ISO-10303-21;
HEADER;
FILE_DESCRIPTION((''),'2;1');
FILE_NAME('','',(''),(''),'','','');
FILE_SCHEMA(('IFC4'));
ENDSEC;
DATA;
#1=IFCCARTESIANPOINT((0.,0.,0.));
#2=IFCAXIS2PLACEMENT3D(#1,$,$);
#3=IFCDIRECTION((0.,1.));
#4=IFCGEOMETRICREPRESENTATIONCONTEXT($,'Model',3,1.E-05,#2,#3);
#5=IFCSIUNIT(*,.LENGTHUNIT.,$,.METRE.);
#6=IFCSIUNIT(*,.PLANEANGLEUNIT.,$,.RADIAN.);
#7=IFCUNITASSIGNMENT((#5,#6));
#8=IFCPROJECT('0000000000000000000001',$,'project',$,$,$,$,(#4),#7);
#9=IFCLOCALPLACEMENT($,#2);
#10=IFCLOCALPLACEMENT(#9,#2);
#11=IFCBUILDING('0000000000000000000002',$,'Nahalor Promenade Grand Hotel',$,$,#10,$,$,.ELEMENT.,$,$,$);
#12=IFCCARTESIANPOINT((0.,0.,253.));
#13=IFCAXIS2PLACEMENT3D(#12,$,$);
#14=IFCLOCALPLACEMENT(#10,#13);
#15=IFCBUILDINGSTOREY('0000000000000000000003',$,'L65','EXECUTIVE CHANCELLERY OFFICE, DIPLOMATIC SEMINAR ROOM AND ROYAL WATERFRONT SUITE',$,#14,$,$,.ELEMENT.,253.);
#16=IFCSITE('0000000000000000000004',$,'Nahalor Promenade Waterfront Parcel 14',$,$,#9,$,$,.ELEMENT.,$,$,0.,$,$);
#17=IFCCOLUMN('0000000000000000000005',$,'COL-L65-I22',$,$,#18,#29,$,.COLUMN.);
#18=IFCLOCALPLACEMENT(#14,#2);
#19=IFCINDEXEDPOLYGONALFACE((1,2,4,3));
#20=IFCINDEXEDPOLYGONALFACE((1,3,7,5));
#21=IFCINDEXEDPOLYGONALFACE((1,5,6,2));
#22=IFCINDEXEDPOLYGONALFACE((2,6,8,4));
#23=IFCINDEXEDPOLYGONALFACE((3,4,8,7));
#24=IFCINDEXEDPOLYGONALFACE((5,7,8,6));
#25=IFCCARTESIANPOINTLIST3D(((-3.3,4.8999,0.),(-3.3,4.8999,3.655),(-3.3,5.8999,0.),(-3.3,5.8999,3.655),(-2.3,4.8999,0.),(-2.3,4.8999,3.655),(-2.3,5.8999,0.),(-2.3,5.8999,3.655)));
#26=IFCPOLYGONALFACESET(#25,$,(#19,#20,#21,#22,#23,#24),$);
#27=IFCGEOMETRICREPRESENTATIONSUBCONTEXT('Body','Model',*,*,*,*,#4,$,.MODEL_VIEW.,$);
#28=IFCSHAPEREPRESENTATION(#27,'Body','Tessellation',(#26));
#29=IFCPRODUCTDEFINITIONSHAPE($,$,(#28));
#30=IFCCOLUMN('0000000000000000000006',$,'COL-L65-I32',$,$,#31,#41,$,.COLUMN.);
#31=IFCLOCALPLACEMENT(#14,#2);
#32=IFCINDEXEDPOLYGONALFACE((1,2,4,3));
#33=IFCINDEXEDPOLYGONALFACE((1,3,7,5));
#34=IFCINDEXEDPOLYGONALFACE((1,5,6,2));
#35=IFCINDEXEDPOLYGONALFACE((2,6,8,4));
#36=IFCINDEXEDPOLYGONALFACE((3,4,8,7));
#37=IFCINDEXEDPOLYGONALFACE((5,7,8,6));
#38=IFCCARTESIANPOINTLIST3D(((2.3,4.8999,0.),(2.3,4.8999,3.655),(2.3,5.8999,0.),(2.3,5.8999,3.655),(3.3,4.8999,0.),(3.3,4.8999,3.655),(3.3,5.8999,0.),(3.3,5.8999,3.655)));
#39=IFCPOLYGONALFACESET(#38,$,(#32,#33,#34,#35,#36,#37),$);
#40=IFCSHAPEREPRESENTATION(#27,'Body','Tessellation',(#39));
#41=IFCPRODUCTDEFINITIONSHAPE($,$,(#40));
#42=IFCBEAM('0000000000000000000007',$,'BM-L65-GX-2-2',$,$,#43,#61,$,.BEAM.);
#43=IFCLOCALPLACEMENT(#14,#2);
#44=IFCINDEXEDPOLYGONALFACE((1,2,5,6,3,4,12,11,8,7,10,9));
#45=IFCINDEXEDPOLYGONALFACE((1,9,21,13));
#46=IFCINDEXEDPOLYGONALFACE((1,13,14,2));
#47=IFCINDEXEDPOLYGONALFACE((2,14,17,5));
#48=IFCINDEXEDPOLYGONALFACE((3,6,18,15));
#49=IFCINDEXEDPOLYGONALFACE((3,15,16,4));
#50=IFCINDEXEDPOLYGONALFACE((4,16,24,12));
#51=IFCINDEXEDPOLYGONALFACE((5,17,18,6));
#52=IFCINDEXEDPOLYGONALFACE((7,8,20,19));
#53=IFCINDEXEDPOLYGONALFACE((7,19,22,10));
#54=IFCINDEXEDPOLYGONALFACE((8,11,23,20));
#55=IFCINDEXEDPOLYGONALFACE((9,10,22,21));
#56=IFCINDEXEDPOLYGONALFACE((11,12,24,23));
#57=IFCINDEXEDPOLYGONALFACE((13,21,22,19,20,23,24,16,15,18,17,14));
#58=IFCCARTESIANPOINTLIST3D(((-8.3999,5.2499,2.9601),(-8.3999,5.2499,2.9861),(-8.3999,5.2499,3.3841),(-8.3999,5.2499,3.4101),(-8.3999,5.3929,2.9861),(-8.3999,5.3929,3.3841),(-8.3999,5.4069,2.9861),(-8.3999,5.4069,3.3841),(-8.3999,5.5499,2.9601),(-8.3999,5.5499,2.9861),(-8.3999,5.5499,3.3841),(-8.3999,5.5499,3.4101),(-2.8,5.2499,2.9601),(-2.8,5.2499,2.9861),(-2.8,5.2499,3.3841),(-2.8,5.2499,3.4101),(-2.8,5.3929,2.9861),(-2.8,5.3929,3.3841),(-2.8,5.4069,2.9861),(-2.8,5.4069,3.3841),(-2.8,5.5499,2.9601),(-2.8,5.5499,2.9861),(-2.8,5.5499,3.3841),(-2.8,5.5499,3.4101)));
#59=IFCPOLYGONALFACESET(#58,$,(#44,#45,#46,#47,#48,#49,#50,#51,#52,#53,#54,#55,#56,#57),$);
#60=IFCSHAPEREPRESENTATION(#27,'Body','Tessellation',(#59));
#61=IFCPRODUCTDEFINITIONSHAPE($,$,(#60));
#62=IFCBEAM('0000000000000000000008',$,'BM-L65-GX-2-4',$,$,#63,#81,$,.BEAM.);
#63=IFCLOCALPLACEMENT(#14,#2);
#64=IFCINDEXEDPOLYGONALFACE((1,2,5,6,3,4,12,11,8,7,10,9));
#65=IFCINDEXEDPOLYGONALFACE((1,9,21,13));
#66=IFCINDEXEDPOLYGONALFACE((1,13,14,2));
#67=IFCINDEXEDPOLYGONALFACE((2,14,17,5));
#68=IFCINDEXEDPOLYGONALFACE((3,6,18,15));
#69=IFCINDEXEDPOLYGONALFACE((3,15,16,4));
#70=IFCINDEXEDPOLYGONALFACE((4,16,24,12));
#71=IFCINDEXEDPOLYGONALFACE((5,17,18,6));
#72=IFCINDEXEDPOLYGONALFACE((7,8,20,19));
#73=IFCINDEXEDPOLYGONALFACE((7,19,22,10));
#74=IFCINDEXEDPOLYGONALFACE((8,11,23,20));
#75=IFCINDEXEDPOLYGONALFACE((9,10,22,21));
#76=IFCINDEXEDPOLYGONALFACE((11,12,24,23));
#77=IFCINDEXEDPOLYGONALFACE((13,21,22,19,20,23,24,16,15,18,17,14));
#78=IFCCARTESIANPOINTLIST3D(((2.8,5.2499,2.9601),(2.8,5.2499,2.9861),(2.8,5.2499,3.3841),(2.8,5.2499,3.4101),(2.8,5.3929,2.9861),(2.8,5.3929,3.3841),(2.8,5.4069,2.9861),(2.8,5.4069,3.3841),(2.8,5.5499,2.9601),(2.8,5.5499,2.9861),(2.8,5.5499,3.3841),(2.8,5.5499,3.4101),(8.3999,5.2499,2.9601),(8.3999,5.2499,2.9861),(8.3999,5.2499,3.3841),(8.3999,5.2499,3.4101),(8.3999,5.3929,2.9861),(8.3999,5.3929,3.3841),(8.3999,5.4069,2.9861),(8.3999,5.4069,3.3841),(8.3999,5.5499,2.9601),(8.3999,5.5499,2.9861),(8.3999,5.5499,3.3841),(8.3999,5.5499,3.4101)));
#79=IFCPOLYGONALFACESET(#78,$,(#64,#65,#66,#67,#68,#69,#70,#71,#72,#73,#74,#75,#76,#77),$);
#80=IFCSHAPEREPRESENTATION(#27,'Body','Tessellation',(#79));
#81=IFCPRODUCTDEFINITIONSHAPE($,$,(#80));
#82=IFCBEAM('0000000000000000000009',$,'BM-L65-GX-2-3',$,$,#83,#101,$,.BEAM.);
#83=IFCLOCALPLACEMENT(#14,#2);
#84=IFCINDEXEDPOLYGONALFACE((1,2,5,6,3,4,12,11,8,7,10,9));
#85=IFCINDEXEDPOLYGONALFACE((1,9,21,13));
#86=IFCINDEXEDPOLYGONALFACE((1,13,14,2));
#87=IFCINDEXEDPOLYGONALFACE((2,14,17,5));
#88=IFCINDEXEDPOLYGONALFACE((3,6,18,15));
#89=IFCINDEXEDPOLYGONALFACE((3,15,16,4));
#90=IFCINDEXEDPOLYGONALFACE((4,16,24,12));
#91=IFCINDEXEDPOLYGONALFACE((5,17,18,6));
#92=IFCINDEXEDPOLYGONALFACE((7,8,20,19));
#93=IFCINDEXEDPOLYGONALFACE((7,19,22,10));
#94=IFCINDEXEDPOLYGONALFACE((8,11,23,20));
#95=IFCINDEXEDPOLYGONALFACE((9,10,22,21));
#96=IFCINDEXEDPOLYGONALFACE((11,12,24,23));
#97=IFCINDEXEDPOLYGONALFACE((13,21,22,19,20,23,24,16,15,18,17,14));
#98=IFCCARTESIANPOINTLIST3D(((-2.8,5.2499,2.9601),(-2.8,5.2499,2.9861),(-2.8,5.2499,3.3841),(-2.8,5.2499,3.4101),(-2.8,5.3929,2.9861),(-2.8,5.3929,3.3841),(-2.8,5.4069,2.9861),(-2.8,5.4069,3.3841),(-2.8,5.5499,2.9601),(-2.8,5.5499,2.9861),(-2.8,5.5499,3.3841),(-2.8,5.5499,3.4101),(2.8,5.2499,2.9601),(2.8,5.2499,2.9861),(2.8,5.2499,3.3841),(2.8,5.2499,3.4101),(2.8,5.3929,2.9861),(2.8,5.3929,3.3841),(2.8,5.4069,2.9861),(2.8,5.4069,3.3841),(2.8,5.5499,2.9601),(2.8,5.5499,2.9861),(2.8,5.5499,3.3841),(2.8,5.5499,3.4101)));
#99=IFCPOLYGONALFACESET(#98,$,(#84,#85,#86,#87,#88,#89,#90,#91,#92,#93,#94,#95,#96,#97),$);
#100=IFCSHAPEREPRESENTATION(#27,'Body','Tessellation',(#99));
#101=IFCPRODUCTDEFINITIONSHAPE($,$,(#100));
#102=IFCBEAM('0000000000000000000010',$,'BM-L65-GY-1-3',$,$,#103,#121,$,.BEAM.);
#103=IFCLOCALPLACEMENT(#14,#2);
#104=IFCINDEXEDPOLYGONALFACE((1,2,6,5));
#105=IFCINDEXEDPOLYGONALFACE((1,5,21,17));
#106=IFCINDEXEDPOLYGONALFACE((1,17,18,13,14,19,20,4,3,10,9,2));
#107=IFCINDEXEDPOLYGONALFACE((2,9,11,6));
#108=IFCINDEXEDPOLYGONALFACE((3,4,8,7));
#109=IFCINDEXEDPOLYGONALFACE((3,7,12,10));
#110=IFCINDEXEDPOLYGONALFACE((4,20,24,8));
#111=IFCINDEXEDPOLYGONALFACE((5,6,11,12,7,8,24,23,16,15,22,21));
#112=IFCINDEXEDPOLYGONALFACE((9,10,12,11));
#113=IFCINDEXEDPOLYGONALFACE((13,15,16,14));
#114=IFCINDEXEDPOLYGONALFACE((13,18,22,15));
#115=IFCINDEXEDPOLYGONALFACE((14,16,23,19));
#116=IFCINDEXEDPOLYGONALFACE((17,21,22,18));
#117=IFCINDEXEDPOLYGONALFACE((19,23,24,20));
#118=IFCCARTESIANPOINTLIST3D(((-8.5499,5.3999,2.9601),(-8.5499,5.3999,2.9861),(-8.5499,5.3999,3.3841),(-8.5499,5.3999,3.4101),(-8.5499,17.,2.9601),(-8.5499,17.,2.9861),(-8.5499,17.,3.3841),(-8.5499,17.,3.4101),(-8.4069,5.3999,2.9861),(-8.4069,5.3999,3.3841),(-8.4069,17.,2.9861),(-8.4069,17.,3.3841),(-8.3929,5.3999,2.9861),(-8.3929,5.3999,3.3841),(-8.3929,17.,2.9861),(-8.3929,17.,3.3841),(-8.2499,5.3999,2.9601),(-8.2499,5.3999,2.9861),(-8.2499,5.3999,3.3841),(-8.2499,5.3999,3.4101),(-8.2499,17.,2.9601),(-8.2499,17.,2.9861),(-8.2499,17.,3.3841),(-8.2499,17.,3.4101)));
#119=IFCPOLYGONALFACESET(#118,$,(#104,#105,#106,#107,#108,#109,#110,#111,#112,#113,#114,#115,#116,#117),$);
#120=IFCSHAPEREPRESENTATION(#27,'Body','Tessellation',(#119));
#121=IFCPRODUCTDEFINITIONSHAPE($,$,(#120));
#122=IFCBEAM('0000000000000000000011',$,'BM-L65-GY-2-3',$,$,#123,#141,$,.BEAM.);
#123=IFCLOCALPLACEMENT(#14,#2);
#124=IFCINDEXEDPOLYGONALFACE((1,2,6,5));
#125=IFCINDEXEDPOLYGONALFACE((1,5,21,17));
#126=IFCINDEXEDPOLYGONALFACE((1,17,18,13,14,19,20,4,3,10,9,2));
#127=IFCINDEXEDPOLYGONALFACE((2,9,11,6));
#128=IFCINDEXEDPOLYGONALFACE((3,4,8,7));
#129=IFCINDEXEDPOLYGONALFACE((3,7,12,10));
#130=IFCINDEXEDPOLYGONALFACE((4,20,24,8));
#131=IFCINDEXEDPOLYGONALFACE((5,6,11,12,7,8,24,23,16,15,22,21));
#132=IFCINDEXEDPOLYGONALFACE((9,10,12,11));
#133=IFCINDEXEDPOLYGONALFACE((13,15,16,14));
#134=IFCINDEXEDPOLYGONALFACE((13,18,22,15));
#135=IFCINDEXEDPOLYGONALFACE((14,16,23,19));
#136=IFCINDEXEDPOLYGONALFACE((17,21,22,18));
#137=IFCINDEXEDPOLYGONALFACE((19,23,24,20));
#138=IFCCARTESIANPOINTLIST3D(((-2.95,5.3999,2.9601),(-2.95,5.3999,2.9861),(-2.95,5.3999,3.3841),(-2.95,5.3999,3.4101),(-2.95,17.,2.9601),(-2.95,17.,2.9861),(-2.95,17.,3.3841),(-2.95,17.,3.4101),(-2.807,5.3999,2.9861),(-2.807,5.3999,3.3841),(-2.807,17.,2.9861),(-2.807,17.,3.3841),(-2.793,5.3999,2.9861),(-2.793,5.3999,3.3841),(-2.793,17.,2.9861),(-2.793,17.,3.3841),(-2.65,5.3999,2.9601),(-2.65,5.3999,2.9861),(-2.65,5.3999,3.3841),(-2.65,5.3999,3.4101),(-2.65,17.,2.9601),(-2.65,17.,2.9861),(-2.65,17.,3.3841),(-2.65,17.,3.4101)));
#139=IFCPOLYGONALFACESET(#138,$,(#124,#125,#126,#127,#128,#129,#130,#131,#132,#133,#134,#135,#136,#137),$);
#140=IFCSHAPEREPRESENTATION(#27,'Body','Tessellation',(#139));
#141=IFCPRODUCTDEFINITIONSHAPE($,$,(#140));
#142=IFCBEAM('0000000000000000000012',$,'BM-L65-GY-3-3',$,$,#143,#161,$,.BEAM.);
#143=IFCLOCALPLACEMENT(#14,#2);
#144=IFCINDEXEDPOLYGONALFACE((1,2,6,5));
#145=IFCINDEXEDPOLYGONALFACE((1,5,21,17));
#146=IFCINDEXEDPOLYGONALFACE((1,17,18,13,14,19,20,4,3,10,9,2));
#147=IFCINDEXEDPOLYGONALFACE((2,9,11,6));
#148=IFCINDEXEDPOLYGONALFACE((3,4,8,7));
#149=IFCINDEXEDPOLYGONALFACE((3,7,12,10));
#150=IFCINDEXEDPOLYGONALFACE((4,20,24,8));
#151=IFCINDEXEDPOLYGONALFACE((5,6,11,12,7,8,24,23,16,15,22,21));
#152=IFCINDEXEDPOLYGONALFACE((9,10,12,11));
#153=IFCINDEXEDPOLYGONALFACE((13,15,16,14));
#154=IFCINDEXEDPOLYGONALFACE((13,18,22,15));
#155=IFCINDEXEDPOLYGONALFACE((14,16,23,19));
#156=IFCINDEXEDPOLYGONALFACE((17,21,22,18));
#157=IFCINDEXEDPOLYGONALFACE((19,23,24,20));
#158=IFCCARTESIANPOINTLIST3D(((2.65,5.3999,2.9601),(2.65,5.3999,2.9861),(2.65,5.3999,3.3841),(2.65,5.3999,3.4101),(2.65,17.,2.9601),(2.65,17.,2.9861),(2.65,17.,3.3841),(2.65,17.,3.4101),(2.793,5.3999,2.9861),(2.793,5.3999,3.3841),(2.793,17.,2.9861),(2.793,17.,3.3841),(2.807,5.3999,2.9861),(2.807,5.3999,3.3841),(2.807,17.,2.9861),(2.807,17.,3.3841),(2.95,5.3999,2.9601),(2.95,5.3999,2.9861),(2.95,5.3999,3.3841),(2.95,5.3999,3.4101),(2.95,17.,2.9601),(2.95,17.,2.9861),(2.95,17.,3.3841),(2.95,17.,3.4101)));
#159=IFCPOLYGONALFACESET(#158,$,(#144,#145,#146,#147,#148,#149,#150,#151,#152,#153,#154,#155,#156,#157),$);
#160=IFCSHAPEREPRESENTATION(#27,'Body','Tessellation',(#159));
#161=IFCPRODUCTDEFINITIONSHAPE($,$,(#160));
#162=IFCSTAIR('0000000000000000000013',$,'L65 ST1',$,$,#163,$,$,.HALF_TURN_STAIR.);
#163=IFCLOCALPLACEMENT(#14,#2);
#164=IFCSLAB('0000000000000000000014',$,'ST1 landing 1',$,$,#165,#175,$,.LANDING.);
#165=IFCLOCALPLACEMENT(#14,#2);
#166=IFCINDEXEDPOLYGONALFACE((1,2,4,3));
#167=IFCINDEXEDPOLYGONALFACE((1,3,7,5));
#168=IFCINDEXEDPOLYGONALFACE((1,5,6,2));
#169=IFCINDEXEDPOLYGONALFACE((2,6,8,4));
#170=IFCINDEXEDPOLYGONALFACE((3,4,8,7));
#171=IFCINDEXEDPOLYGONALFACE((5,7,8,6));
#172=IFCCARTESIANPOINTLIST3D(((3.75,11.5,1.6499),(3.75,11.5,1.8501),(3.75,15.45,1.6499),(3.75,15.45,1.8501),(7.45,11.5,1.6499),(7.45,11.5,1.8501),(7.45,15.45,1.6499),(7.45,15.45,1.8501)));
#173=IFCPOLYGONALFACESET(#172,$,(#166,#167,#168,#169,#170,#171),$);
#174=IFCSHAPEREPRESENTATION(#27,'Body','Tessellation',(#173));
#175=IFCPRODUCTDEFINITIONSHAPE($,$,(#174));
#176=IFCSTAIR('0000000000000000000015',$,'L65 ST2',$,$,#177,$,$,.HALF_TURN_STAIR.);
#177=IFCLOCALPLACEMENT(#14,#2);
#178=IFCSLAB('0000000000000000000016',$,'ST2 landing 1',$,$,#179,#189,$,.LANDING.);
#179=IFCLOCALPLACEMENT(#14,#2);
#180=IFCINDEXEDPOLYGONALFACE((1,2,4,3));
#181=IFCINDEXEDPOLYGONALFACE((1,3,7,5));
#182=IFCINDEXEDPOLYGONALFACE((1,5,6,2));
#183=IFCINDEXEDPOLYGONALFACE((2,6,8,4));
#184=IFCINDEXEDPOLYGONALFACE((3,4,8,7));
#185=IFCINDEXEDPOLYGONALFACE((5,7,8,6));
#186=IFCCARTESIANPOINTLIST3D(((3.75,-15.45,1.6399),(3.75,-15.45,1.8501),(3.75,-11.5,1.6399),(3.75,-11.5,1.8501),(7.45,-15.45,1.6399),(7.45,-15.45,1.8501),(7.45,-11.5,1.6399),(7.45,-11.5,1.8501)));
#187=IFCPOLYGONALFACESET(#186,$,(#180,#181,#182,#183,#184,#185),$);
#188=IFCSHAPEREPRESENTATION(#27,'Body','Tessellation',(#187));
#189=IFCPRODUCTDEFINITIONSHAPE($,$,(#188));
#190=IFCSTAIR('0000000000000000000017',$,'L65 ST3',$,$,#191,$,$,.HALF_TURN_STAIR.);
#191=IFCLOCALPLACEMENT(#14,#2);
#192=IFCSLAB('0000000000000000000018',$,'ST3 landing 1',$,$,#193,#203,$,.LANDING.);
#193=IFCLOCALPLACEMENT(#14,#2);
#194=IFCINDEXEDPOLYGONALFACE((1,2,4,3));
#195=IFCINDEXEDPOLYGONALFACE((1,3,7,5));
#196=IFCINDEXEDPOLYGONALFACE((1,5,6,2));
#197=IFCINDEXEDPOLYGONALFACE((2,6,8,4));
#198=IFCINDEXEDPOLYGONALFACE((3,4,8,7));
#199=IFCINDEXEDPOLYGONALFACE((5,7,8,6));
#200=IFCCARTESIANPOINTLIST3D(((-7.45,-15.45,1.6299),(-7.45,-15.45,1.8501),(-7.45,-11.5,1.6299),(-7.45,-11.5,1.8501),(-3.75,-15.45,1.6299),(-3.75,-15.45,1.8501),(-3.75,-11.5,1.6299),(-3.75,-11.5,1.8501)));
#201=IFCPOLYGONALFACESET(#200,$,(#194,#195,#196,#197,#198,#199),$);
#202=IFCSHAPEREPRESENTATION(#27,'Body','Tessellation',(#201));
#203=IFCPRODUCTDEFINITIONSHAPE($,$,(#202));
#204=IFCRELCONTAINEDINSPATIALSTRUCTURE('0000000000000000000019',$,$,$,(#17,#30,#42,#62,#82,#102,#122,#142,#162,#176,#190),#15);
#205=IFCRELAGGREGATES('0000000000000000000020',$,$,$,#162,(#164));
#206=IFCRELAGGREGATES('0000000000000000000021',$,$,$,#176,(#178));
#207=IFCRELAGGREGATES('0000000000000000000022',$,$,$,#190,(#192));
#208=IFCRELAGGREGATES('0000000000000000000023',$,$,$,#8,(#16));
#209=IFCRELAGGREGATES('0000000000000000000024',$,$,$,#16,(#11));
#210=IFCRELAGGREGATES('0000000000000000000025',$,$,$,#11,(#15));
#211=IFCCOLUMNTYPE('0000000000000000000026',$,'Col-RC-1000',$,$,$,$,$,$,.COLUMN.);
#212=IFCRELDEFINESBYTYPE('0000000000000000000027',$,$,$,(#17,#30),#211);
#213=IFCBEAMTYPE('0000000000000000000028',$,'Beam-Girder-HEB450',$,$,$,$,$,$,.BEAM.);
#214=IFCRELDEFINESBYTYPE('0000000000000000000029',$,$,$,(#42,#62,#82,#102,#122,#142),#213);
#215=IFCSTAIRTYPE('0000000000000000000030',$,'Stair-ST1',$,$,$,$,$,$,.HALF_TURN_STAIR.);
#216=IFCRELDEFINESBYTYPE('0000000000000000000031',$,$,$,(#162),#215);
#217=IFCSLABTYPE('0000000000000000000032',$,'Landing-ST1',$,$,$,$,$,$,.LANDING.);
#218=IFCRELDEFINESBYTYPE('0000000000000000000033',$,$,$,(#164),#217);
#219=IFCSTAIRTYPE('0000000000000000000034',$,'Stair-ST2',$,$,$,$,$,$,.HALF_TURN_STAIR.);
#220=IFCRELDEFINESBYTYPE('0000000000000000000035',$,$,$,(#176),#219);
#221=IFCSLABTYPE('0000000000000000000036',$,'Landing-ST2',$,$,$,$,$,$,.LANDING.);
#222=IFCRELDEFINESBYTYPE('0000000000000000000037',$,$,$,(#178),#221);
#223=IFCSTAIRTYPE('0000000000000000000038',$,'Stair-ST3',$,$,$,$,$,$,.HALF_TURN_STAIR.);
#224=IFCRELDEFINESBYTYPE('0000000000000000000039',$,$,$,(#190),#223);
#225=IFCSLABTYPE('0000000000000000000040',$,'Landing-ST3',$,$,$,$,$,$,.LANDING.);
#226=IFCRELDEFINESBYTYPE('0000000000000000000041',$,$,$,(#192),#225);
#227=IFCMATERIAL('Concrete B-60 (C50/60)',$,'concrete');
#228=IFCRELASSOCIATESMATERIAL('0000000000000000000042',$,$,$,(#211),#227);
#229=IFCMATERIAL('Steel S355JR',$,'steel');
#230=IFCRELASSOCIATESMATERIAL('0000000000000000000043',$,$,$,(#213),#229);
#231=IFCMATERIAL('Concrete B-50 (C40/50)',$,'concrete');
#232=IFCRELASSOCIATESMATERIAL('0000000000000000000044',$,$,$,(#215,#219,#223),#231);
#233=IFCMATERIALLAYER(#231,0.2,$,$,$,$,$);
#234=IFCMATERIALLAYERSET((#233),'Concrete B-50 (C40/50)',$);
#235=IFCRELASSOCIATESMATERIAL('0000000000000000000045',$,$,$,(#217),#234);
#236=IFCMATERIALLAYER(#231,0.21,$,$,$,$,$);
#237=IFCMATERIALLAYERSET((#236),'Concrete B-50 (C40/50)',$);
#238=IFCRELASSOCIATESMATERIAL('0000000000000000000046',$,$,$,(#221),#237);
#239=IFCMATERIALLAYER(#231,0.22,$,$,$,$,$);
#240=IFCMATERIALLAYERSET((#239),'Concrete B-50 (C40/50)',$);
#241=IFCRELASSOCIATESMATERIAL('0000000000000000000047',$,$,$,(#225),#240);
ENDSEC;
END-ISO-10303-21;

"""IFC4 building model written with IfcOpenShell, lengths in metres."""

from ifc_helpers import new_model, si_unit, direction, frame, origin, origin_2d, place, context, subcontext, project, spatial, polyline, rectangle, i_section, outline, extrude, source, transform, mapped, material, layer, layer_set, material_profile, profile_set, type_object, element, aggregate, save


model = new_model("IFC4")

# Units and contexts
model_context = context("Model", 3, precision=1e-05, world=origin(), true_north=direction((0.0, 1.0)))
body_context = subcontext(model_context, "Body", "Model", "MODEL_VIEW")
ifc_project = project(units=[si_unit("LENGTHUNIT", "METRE"), si_unit("PLANEANGLEUNIT", "RADIAN")], contexts=[model_context])

# Site, building, storey
site_placement = place(None, origin())
site = spatial("IfcSite", under=ifc_project, at=site_placement, Name="Nahalor Promenade Waterfront Parcel 14", CompositionType="ELEMENT", RefElevation=0.0)
building_placement = place(site_placement, origin())
building = spatial("IfcBuilding", under=site, at=building_placement, Name="Nahalor Promenade Grand Hotel", CompositionType="ELEMENT")
storey_placement = place(building_placement, frame((0.0, 0.0, 253.0)))
storey = spatial("IfcBuildingStorey", under=building, at=storey_placement, Name="L65", Description="EXECUTIVE CHANCELLERY OFFICE, DIPLOMATIC SEMINAR ROOM AND ROYAL WATERFRONT SUITE", CompositionType="ELEMENT", Elevation=253.0)

# Columns
ifc_material_1 = material(Name="Concrete B-60 (C50/60)", Category="concrete")
ifc_material_profile_1 = material_profile(ifc_material_1, rectangle(XDim=1.0, YDim=1.0, at=origin_2d()), Name="RC 1000x1000")
ifc_profile_set_1 = profile_set([ifc_material_profile_1], Name="Concrete B-60 (C50/60)")
column_type = type_object("IfcColumnType", Name="Col-RC-1000", PredefinedType="COLUMN", material=ifc_profile_set_1)
shared_shape_1 = source(origin(), body_context, "Body", "SweptSolid", [
    extrude(rectangle(XDim=1.0, YDim=1.0, at=origin_2d()), origin(), (0.0, 0.0, 1.0), 3.655),
])
for number, where, z_axis, x_axis, name in (
    (1, (-2.8, 5.3999, 0.0), (0.0, 0.0, 1.0), (1.0, 0.0, 0.0), "COL-L65-I22"),
    (2, (2.8, 5.3999, 0.0), (0.0, 0.0, 1.0), (1.0, 0.0, 0.0), "COL-L65-I32"),
):
    element("IfcColumn", number, at=place(storey_placement, frame(where, z_axis=z_axis, x_axis=x_axis)), inside=storey, type_object=column_type, Name=name, PredefinedType="COLUMN", context=body_context, shape_type="MappedRepresentation", body=[
        mapped(shared_shape_1, transform((0.0, 0.0, 0.0), scale=1.0)),
    ])

# Beams
ifc_material_2 = material(Name="Steel S355JR", Category="steel")
ifc_material_profile_2 = material_profile(ifc_material_2, i_section(OverallWidth=0.3, OverallDepth=0.45, WebThickness=0.014, FlangeThickness=0.026, at=origin_2d()), Name="HEB 450")
ifc_profile_set_2 = profile_set([ifc_material_profile_2], Name="Steel S355JR")
beam_type = type_object("IfcBeamType", Name="Beam-Girder-HEB450", PredefinedType="BEAM", material=ifc_profile_set_2)
shared_shape_2 = source(origin(), body_context, "Body", "SweptSolid", [
    extrude(i_section(OverallWidth=0.3, OverallDepth=0.45, WebThickness=0.014, FlangeThickness=0.026, at=origin_2d()), origin(), (0.0, 0.0, 1.0), 5.5999),
])
for number, where, z_axis, x_axis, name in (
    (3, (-8.3999, 5.3999, 3.1851), (1.0, 0.0, 0.0), (0.0, 1.0, 0.0), "BM-L65-GX-2-2"),
    (4, (2.8, 5.3999, 3.1851), (1.0, 0.0, 0.0), (0.0, 1.0, 0.0), "BM-L65-GX-2-4"),
):
    element("IfcBeam", number, at=place(storey_placement, frame(where, z_axis=z_axis, x_axis=x_axis)), inside=storey, type_object=beam_type, Name=name, PredefinedType="BEAM", context=body_context, shape_type="MappedRepresentation", body=[
        mapped(shared_shape_2, transform((0.0, 0.0, 0.0), scale=1.0)),
    ])
shared_shape_3 = source(origin(), body_context, "Body", "SweptSolid", [
    extrude(i_section(OverallWidth=0.3, OverallDepth=0.45, WebThickness=0.014, FlangeThickness=0.026, at=origin_2d()), origin(), (0.0, 0.0, 1.0), 5.6001),
])
beam_placement = place(storey_placement, frame((-2.8, 5.3999, 3.1851), z_axis=(1.0, 0.0, 0.0), x_axis=(0.0, 1.0, 0.0)))
element("IfcBeam", 5, at=beam_placement, inside=storey, type_object=beam_type, Name="BM-L65-GX-2-3", PredefinedType="BEAM", context=body_context, shape_type="MappedRepresentation", body=[
    mapped(shared_shape_3, transform((0.0, 0.0, 0.0), scale=1.0)),
])
shared_shape_4 = source(origin(), body_context, "Body", "SweptSolid", [
    extrude(i_section(OverallWidth=0.3, OverallDepth=0.45, WebThickness=0.014, FlangeThickness=0.026, at=origin_2d()), origin(), (0.0, 0.0, 1.0), 11.6001),
])
for number, where, z_axis, x_axis, name in (
    (6, (-8.3999, 5.3999, 3.1851), (0.0, 1.0, 0.0), (-1.0, 0.0, 0.0), "BM-L65-GY-1-3"),
    (7, (-2.8, 5.3999, 3.1851), (0.0, 1.0, 0.0), (-1.0, 0.0, 0.0), "BM-L65-GY-2-3"),
    (8, (2.8, 5.3999, 3.1851), (0.0, 1.0, 0.0), (-1.0, 0.0, 0.0), "BM-L65-GY-3-3"),
):
    element("IfcBeam", number, at=place(storey_placement, frame(where, z_axis=z_axis, x_axis=x_axis)), inside=storey, type_object=beam_type, Name=name, PredefinedType="BEAM", context=body_context, shape_type="MappedRepresentation", body=[
        mapped(shared_shape_4, transform((0.0, 0.0, 0.0), scale=1.0)),
    ])

# Stairs, slabs
ifc_material_3 = material(Name="Concrete B-50 (C40/50)", Category="concrete")
stair_type_1 = type_object("IfcStairType", Name="Stair-ST1", PredefinedType="HALF_TURN_STAIR", material=ifc_material_3)
stair_1_placement = place(storey_placement, origin())
stair_1 = element("IfcStair", 9, at=stair_1_placement, inside=storey, type_object=stair_type_1, Name="L65 ST1", PredefinedType="HALF_TURN_STAIR")
ifc_layer_1 = layer(ifc_material_3, 0.2)
ifc_layer_set_1 = layer_set([ifc_layer_1], Name="Concrete B-50 (C40/50)")
slab_type_1 = type_object("IfcSlabType", Name="Landing-ST1", PredefinedType="LANDING", material=ifc_layer_set_1)
slab_1_placement = place(storey_placement, frame((0.0, 0.0, 1.6499)))
slab_1 = element("IfcSlab", 10, at=slab_1_placement, type_object=slab_type_1, Name="ST1 landing 1", PredefinedType="LANDING", context=body_context, shape_type="SweptSolid", body=[
    extrude(outline(polyline([(7.45, 11.5), (7.45, 15.45), (3.75, 15.45), (3.75, 11.5), (7.45, 11.5)])), origin(), (0.0, 0.0, 1.0), 0.2002),
])
aggregate(stair_1, [slab_1])
stair_type_2 = type_object("IfcStairType", Name="Stair-ST2", PredefinedType="HALF_TURN_STAIR", material=ifc_material_3)
stair_2_placement = place(storey_placement, origin())
stair_2 = element("IfcStair", 11, at=stair_2_placement, inside=storey, type_object=stair_type_2, Name="L65 ST2", PredefinedType="HALF_TURN_STAIR")
ifc_layer_2 = layer(ifc_material_3, 0.21)
ifc_layer_set_2 = layer_set([ifc_layer_2], Name="Concrete B-50 (C40/50)")
slab_type_2 = type_object("IfcSlabType", Name="Landing-ST2", PredefinedType="LANDING", material=ifc_layer_set_2)
slab_2_placement = place(storey_placement, frame((0.0, 0.0, 1.6399)))
slab_2 = element("IfcSlab", 12, at=slab_2_placement, type_object=slab_type_2, Name="ST2 landing 1", PredefinedType="LANDING", context=body_context, shape_type="SweptSolid", body=[
    extrude(outline(polyline([(3.75, -11.5), (3.75, -15.45), (7.45, -15.45), (7.45, -11.5), (3.75, -11.5)])), origin(), (0.0, 0.0, 1.0), 0.2102),
])
aggregate(stair_2, [slab_2])
stair_type_3 = type_object("IfcStairType", Name="Stair-ST3", PredefinedType="HALF_TURN_STAIR", material=ifc_material_3)
stair_3_placement = place(storey_placement, origin())
stair_3 = element("IfcStair", 13, at=stair_3_placement, inside=storey, type_object=stair_type_3, Name="L65 ST3", PredefinedType="HALF_TURN_STAIR")
ifc_layer_3 = layer(ifc_material_3, 0.22)
ifc_layer_set_3 = layer_set([ifc_layer_3], Name="Concrete B-50 (C40/50)")
slab_type_3 = type_object("IfcSlabType", Name="Landing-ST3", PredefinedType="LANDING", material=ifc_layer_set_3)
slab_3_placement = place(storey_placement, frame((0.0, 0.0, 1.6299)))
slab_3 = element("IfcSlab", 14, at=slab_3_placement, type_object=slab_type_3, Name="ST3 landing 1", PredefinedType="LANDING", context=body_context, shape_type="SweptSolid", body=[
    extrude(outline(polyline([(-7.45, -11.5), (-7.45, -15.45), (-3.75, -15.45), (-3.75, -11.5), (-7.45, -11.5)])), origin(), (0.0, 0.0, 1.0), 0.2202),
])
aggregate(stair_3, [slab_3])

save(model, "model.ifc")
